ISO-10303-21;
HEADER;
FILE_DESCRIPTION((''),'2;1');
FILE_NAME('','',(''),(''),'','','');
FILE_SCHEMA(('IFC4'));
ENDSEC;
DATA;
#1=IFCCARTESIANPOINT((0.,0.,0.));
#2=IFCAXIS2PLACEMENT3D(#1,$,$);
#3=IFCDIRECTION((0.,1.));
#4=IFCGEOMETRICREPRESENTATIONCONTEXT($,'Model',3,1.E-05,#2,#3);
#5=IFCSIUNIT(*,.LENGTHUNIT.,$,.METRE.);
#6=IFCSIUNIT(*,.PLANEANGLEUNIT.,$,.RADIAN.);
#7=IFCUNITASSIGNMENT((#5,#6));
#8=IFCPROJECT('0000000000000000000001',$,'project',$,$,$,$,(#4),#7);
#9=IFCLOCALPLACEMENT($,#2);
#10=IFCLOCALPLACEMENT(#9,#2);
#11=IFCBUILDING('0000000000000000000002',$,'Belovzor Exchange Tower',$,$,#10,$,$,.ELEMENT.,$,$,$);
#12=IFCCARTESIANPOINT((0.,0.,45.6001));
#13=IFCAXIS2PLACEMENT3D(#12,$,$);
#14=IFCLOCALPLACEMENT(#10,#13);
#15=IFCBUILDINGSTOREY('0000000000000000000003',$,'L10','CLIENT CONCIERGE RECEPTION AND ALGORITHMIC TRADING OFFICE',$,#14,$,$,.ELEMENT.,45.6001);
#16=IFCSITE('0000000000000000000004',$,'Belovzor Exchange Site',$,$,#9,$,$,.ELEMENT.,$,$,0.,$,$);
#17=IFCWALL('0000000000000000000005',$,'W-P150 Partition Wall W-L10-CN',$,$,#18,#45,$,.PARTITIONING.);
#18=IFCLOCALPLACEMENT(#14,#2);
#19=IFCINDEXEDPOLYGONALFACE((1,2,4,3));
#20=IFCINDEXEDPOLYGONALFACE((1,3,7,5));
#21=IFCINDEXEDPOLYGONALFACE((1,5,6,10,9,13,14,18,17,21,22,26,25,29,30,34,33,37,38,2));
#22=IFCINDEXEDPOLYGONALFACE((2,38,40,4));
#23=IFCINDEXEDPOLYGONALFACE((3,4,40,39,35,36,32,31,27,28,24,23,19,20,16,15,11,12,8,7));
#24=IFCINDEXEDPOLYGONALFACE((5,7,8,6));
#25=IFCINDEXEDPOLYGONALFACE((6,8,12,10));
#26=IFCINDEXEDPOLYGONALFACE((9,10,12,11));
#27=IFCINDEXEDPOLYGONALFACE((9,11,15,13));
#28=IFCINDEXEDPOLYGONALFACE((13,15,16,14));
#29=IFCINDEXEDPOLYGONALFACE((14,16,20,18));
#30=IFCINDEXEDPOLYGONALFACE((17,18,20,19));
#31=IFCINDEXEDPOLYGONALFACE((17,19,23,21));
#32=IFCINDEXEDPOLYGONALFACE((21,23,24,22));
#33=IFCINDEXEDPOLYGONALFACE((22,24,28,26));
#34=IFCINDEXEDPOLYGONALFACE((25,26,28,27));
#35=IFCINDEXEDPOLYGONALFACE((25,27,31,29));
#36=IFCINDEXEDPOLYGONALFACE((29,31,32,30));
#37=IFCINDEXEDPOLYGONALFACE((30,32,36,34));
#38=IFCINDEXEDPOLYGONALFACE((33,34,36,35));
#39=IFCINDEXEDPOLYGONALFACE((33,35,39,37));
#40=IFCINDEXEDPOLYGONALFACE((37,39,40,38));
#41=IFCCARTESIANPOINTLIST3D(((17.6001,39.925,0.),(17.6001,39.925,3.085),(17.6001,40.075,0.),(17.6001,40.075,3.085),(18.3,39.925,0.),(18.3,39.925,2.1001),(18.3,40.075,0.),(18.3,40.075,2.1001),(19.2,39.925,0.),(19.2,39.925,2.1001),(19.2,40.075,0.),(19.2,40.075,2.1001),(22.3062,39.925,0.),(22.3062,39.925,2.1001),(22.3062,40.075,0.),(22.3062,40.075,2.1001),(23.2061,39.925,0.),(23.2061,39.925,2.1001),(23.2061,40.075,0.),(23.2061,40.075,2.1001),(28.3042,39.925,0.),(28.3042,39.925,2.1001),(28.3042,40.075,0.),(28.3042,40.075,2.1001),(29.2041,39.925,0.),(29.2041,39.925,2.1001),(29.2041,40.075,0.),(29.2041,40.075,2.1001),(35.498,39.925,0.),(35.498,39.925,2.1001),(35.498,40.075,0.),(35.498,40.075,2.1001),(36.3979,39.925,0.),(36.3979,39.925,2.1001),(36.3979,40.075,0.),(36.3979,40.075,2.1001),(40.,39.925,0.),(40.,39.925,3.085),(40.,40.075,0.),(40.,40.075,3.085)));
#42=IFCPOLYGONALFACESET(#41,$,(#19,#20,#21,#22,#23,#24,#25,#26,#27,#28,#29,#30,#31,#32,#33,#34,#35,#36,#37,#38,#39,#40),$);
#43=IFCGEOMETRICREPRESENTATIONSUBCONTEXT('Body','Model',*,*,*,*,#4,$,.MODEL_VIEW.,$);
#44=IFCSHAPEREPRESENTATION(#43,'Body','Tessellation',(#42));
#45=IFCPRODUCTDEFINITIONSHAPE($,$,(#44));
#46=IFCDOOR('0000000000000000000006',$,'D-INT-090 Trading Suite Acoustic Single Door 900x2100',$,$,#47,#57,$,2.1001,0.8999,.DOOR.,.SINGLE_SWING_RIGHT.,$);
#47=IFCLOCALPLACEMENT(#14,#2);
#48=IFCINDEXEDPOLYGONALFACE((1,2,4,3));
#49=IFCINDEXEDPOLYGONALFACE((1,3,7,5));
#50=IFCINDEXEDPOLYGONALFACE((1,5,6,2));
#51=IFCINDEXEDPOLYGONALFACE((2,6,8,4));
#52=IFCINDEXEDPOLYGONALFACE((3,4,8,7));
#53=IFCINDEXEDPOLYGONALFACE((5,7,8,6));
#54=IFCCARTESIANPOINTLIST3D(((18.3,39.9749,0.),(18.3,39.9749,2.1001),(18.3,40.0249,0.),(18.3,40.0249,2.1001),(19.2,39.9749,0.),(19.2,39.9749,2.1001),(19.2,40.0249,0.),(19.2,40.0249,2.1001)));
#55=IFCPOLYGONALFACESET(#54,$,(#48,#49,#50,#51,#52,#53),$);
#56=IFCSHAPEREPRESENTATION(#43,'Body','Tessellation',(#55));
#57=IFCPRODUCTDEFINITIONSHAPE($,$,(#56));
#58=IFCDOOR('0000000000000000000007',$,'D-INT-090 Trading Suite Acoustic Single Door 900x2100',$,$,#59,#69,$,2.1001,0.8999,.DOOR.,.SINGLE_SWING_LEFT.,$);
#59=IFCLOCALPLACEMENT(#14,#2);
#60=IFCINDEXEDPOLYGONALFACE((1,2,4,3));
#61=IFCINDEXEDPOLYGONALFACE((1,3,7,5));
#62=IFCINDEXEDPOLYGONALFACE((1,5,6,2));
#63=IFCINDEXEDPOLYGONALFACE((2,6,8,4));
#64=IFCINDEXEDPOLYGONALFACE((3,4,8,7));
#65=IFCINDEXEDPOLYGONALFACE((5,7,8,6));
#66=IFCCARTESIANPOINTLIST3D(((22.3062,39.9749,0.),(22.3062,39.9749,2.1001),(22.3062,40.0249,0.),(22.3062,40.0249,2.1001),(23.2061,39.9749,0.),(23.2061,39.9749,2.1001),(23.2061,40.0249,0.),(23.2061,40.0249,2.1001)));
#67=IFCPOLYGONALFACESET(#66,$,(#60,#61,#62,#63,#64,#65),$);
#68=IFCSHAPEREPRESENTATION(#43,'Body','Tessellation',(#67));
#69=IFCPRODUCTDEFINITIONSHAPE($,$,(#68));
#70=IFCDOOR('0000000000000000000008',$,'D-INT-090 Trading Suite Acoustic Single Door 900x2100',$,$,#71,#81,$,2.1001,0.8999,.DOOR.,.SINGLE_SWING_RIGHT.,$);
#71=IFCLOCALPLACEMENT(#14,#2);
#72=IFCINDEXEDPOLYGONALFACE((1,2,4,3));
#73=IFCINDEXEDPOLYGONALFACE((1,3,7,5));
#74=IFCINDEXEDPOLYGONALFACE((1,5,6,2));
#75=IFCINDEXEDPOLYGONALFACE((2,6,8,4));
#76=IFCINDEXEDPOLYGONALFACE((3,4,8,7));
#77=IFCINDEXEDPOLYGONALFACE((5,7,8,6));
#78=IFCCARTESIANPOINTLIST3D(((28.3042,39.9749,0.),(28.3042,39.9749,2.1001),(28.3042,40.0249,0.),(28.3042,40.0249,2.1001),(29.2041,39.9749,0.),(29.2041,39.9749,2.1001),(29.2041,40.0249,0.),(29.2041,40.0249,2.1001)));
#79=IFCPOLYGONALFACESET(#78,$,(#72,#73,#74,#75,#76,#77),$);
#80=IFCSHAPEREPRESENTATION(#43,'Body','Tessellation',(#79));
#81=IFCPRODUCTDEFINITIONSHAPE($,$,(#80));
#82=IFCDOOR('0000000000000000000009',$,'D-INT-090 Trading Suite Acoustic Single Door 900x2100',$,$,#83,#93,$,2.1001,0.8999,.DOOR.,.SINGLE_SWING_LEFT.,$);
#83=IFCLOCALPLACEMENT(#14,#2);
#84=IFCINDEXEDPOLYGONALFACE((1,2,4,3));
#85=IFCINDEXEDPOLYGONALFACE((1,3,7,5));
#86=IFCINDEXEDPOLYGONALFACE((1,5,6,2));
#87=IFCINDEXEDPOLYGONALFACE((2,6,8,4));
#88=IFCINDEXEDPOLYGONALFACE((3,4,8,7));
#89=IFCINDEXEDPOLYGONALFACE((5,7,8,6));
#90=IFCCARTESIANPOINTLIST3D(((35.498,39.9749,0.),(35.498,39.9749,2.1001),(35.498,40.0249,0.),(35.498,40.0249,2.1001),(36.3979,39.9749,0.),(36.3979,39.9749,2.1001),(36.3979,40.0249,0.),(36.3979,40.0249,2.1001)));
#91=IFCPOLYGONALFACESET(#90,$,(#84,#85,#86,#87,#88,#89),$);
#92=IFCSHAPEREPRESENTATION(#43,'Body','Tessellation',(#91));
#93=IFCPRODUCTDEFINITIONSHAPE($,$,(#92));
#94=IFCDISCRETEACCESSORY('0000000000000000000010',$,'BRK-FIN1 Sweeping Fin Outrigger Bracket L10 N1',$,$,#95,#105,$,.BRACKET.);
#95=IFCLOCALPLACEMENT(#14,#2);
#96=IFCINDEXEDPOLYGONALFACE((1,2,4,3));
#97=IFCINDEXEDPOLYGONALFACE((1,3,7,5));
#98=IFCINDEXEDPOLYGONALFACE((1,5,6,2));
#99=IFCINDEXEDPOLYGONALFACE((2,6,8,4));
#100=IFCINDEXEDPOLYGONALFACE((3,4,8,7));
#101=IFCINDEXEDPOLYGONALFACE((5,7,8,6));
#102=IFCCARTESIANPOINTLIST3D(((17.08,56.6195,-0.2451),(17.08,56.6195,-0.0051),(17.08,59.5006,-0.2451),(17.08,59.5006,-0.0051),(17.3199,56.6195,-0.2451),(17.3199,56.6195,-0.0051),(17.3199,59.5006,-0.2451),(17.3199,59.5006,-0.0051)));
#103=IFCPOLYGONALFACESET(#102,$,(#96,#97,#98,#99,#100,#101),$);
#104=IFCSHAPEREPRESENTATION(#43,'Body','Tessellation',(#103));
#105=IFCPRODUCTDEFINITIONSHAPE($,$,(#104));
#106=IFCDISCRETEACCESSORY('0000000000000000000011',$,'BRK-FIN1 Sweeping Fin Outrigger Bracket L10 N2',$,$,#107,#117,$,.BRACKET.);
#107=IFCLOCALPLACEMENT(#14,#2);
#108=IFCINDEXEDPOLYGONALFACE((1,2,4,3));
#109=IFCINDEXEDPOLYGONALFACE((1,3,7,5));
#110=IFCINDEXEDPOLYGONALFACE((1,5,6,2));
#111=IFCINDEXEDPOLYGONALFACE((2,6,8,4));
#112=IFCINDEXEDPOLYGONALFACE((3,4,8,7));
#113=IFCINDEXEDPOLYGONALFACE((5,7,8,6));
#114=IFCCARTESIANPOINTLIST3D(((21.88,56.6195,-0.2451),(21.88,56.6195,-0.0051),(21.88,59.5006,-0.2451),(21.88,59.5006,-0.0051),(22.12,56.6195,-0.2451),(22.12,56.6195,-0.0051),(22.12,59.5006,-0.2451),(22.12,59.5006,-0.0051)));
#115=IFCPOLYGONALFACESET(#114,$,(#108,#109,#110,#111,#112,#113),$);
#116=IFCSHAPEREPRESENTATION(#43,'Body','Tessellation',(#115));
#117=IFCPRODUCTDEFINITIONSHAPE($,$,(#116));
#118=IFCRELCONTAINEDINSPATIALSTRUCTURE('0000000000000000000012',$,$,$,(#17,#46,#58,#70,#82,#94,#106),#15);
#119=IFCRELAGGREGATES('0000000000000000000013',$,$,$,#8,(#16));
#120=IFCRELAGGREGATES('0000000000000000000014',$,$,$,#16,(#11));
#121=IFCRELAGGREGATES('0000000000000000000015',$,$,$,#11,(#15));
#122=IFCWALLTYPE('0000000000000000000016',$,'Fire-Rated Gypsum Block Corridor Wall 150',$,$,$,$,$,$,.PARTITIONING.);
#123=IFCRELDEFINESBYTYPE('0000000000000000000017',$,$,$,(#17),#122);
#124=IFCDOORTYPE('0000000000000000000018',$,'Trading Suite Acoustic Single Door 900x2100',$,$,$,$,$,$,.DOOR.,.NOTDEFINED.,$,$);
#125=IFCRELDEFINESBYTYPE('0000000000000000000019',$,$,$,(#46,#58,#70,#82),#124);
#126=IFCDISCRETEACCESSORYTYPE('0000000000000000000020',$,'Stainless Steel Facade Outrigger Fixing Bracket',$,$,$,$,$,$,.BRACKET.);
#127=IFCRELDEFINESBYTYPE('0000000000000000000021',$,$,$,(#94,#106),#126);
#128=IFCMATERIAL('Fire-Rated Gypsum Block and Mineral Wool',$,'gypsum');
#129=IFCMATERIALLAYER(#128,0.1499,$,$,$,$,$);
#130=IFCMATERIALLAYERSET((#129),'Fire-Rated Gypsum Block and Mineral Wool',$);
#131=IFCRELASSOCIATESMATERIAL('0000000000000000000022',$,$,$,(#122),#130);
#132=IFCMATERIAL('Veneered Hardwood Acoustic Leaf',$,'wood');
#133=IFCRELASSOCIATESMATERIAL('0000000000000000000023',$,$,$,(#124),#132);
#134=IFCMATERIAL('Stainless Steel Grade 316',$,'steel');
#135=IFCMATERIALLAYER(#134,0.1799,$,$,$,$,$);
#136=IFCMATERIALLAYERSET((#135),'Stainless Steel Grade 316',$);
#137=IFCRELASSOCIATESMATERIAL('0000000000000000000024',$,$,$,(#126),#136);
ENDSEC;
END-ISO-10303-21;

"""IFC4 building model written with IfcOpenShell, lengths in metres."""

from ifc_helpers import new_model, si_unit, direction, frame, frame_2d, origin, origin_2d, place, context, subcontext, project, spatial, rectangle, extrude, material, layer, layer_set, type_object, element, fill, save


model = new_model("IFC4")

# Units and contexts
model_context = context("Model", 3, precision=1e-05, world=origin(), true_north=direction((0.0, 1.0)))
body_context = subcontext(model_context, "Body", "Model", "MODEL_VIEW")
ifc_project = project(units=[si_unit("LENGTHUNIT", "METRE"), si_unit("PLANEANGLEUNIT", "RADIAN")], contexts=[model_context])

# Site, building, storey
site_placement = place(None, origin())
site = spatial("IfcSite", under=ifc_project, at=site_placement, Name="Belovzor Exchange Site", CompositionType="ELEMENT", RefElevation=0.0)
building_placement = place(site_placement, origin())
building = spatial("IfcBuilding", under=site, at=building_placement, Name="Belovzor Exchange Tower", CompositionType="ELEMENT")
storey_placement = place(building_placement, frame((0.0, 0.0, 45.6001)))
storey = spatial("IfcBuildingStorey", under=building, at=storey_placement, Name="L10", Description="CLIENT CONCIERGE RECEPTION AND ALGORITHMIC TRADING OFFICE", CompositionType="ELEMENT", Elevation=45.6001)

# Wall, openings, doors
ifc_material_1 = material(Name="Fire-Rated Gypsum Block and Mineral Wool", Category="gypsum")
ifc_layer_1 = layer(ifc_material_1, 0.1499)
ifc_layer_set_1 = layer_set([ifc_layer_1], Name="Fire-Rated Gypsum Block and Mineral Wool")
wall_type_1 = type_object("IfcWallType", Name="Fire-Rated Gypsum Block Corridor Wall 150", PredefinedType="PARTITIONING", material=ifc_layer_set_1)
wall_1_placement = place(storey_placement, frame((17.6001, 40.0, 0.0), z_axis=(0.0, 0.0, 1.0), x_axis=(1.0, 0.0, 0.0)))
wall_1 = element("IfcWall", 1, at=wall_1_placement, inside=storey, type_object=wall_type_1, Name="W-P150 Partition Wall W-L10-CN", PredefinedType="PARTITIONING", context=body_context, shape_type="SweptSolid", body=[
    extrude(rectangle(XDim=22.3999, YDim=0.1499, at=frame_2d((11.2, 0.0))), origin(), (0.0, 0.0, 1.0), 3.085),
])
opening_1_placement = place(wall_1_placement, frame((0.7, 0.0, 0.0)))
opening_1 = element("IfcOpeningElement", 2, at=opening_1_placement, cuts=wall_1, PredefinedType="OPENING", context=body_context, shape_type="SweptSolid", body=[
    extrude(rectangle(XDim=0.8999, YDim=2.1001, at=frame_2d((0.45, 1.05))), frame((0.0, 0.085, 0.0), z_axis=(0.0, -1.0, 0.0), x_axis=(1.0, 0.0, 0.0)), (0.0, 0.0, 1.0), 0.1699),
])
opening_2_placement = place(wall_1_placement, frame((4.7061, 0.0, 0.0)))
opening_2 = element("IfcOpeningElement", 3, at=opening_2_placement, cuts=wall_1, PredefinedType="OPENING", context=body_context, shape_type="SweptSolid", body=[
    extrude(rectangle(XDim=0.8999, YDim=2.1001, at=frame_2d((0.45, 1.05))), frame((0.0, 0.085, 0.0), z_axis=(0.0, -1.0, 0.0), x_axis=(1.0, 0.0, 0.0)), (0.0, 0.0, 1.0), 0.1699),
])
opening_3_placement = place(wall_1_placement, frame((10.7041, 0.0, 0.0)))
opening_3 = element("IfcOpeningElement", 4, at=opening_3_placement, cuts=wall_1, PredefinedType="OPENING", context=body_context, shape_type="SweptSolid", body=[
    extrude(rectangle(XDim=0.8999, YDim=2.1001, at=frame_2d((0.45, 1.05))), frame((0.0, 0.085, 0.0), z_axis=(0.0, -1.0, 0.0), x_axis=(1.0, 0.0, 0.0)), (0.0, 0.0, 1.0), 0.1699),
])
opening_4_placement = place(wall_1_placement, frame((17.8979, 0.0, 0.0)))
opening_4 = element("IfcOpeningElement", 5, at=opening_4_placement, cuts=wall_1, PredefinedType="OPENING", context=body_context, shape_type="SweptSolid", body=[
    extrude(rectangle(XDim=0.8999, YDim=2.1001, at=frame_2d((0.45, 1.05))), frame((0.0, 0.085, 0.0), z_axis=(0.0, -1.0, 0.0), x_axis=(1.0, 0.0, 0.0)), (0.0, 0.0, 1.0), 0.1699),
])
ifc_material_2 = material(Name="Veneered Hardwood Acoustic Leaf", Category="wood")
door_type_1 = type_object("IfcDoorType", Name="Trading Suite Acoustic Single Door 900x2100", OperationType="NOTDEFINED", PredefinedType="DOOR", material=ifc_material_2)
door_1_placement = place(opening_1_placement, origin())
door_1 = element("IfcDoor", 6, at=door_1_placement, inside=storey, type_object=door_type_1, Name="D-INT-090 Trading Suite Acoustic Single Door 900x2100", OperationType="SINGLE_SWING_RIGHT", OverallHeight=2.1001, OverallWidth=0.8999, PredefinedType="DOOR", context=body_context, shape_type="SweptSolid", body=[
    extrude(rectangle(XDim=0.8999, YDim=2.1001, at=frame_2d((0.45, 1.05))), frame((0.0, 0.0249, 0.0), z_axis=(0.0, -1.0, 0.0), x_axis=(1.0, 0.0, 0.0)), (0.0, 0.0, 1.0), 0.05),
])
fill(opening_1, door_1)
door_2_placement = place(opening_2_placement, origin())
door_2 = element("IfcDoor", 7, at=door_2_placement, inside=storey, type_object=door_type_1, Name="D-INT-090 Trading Suite Acoustic Single Door 900x2100", OperationType="SINGLE_SWING_LEFT", OverallHeight=2.1001, OverallWidth=0.8999, PredefinedType="DOOR", context=body_context, shape_type="SweptSolid", body=[
    extrude(rectangle(XDim=0.8999, YDim=2.1001, at=frame_2d((0.45, 1.05))), frame((0.0, 0.0249, 0.0), z_axis=(0.0, -1.0, 0.0), x_axis=(1.0, 0.0, 0.0)), (0.0, 0.0, 1.0), 0.05),
])
fill(opening_2, door_2)
door_3_placement = place(opening_3_placement, origin())
door_3 = element("IfcDoor", 8, at=door_3_placement, inside=storey, type_object=door_type_1, Name="D-INT-090 Trading Suite Acoustic Single Door 900x2100", OperationType="SINGLE_SWING_RIGHT", OverallHeight=2.1001, OverallWidth=0.8999, PredefinedType="DOOR", context=body_context, shape_type="SweptSolid", body=[
    extrude(rectangle(XDim=0.8999, YDim=2.1001, at=frame_2d((0.45, 1.05))), frame((0.0, 0.0249, 0.0), z_axis=(0.0, -1.0, 0.0), x_axis=(1.0, 0.0, 0.0)), (0.0, 0.0, 1.0), 0.05),
])
fill(opening_3, door_3)
door_4_placement = place(opening_4_placement, origin())
door_4 = element("IfcDoor", 9, at=door_4_placement, inside=storey, type_object=door_type_1, Name="D-INT-090 Trading Suite Acoustic Single Door 900x2100", OperationType="SINGLE_SWING_LEFT", OverallHeight=2.1001, OverallWidth=0.8999, PredefinedType="DOOR", context=body_context, shape_type="SweptSolid", body=[
    extrude(rectangle(XDim=0.8999, YDim=2.1001, at=frame_2d((0.45, 1.05))), frame((0.0, 0.0249, 0.0), z_axis=(0.0, -1.0, 0.0), x_axis=(1.0, 0.0, 0.0)), (0.0, 0.0, 1.0), 0.05),
])
fill(opening_4, door_4)

# Discrete accessories
ifc_material_3 = material(Name="Stainless Steel Grade 316", Category="steel")
ifc_layer_2 = layer(ifc_material_3, 0.1799)
ifc_layer_set_2 = layer_set([ifc_layer_2], Name="Stainless Steel Grade 316")
discrete_accessory_type = type_object("IfcDiscreteAccessoryType", Name="Stainless Steel Facade Outrigger Fixing Bracket", PredefinedType="BRACKET", material=ifc_layer_set_2)
for number, where, z_axis, x_axis, name in (
    (10, (17.2, 58.0601, -0.2451), (0.0, 0.0, 1.0), (0.0, 1.0, 0.0), "BRK-FIN1 Sweeping Fin Outrigger Bracket L10 N1"),
    (11, (22.0, 58.0601, -0.2451), (0.0, 0.0, 1.0), (0.0, 1.0, 0.0), "BRK-FIN1 Sweeping Fin Outrigger Bracket L10 N2"),
):
    element("IfcDiscreteAccessory", number, at=place(storey_placement, frame(where, z_axis=z_axis, x_axis=x_axis)), inside=storey, type_object=discrete_accessory_type, Name=name, PredefinedType="BRACKET", context=body_context, shape_type="SweptSolid", body=[
        extrude(rectangle(XDim=2.8811, YDim=0.24, at=origin_2d()), origin(), (0.0, 0.0, 1.0), 0.24),
    ])

save(model, "model.ifc")
